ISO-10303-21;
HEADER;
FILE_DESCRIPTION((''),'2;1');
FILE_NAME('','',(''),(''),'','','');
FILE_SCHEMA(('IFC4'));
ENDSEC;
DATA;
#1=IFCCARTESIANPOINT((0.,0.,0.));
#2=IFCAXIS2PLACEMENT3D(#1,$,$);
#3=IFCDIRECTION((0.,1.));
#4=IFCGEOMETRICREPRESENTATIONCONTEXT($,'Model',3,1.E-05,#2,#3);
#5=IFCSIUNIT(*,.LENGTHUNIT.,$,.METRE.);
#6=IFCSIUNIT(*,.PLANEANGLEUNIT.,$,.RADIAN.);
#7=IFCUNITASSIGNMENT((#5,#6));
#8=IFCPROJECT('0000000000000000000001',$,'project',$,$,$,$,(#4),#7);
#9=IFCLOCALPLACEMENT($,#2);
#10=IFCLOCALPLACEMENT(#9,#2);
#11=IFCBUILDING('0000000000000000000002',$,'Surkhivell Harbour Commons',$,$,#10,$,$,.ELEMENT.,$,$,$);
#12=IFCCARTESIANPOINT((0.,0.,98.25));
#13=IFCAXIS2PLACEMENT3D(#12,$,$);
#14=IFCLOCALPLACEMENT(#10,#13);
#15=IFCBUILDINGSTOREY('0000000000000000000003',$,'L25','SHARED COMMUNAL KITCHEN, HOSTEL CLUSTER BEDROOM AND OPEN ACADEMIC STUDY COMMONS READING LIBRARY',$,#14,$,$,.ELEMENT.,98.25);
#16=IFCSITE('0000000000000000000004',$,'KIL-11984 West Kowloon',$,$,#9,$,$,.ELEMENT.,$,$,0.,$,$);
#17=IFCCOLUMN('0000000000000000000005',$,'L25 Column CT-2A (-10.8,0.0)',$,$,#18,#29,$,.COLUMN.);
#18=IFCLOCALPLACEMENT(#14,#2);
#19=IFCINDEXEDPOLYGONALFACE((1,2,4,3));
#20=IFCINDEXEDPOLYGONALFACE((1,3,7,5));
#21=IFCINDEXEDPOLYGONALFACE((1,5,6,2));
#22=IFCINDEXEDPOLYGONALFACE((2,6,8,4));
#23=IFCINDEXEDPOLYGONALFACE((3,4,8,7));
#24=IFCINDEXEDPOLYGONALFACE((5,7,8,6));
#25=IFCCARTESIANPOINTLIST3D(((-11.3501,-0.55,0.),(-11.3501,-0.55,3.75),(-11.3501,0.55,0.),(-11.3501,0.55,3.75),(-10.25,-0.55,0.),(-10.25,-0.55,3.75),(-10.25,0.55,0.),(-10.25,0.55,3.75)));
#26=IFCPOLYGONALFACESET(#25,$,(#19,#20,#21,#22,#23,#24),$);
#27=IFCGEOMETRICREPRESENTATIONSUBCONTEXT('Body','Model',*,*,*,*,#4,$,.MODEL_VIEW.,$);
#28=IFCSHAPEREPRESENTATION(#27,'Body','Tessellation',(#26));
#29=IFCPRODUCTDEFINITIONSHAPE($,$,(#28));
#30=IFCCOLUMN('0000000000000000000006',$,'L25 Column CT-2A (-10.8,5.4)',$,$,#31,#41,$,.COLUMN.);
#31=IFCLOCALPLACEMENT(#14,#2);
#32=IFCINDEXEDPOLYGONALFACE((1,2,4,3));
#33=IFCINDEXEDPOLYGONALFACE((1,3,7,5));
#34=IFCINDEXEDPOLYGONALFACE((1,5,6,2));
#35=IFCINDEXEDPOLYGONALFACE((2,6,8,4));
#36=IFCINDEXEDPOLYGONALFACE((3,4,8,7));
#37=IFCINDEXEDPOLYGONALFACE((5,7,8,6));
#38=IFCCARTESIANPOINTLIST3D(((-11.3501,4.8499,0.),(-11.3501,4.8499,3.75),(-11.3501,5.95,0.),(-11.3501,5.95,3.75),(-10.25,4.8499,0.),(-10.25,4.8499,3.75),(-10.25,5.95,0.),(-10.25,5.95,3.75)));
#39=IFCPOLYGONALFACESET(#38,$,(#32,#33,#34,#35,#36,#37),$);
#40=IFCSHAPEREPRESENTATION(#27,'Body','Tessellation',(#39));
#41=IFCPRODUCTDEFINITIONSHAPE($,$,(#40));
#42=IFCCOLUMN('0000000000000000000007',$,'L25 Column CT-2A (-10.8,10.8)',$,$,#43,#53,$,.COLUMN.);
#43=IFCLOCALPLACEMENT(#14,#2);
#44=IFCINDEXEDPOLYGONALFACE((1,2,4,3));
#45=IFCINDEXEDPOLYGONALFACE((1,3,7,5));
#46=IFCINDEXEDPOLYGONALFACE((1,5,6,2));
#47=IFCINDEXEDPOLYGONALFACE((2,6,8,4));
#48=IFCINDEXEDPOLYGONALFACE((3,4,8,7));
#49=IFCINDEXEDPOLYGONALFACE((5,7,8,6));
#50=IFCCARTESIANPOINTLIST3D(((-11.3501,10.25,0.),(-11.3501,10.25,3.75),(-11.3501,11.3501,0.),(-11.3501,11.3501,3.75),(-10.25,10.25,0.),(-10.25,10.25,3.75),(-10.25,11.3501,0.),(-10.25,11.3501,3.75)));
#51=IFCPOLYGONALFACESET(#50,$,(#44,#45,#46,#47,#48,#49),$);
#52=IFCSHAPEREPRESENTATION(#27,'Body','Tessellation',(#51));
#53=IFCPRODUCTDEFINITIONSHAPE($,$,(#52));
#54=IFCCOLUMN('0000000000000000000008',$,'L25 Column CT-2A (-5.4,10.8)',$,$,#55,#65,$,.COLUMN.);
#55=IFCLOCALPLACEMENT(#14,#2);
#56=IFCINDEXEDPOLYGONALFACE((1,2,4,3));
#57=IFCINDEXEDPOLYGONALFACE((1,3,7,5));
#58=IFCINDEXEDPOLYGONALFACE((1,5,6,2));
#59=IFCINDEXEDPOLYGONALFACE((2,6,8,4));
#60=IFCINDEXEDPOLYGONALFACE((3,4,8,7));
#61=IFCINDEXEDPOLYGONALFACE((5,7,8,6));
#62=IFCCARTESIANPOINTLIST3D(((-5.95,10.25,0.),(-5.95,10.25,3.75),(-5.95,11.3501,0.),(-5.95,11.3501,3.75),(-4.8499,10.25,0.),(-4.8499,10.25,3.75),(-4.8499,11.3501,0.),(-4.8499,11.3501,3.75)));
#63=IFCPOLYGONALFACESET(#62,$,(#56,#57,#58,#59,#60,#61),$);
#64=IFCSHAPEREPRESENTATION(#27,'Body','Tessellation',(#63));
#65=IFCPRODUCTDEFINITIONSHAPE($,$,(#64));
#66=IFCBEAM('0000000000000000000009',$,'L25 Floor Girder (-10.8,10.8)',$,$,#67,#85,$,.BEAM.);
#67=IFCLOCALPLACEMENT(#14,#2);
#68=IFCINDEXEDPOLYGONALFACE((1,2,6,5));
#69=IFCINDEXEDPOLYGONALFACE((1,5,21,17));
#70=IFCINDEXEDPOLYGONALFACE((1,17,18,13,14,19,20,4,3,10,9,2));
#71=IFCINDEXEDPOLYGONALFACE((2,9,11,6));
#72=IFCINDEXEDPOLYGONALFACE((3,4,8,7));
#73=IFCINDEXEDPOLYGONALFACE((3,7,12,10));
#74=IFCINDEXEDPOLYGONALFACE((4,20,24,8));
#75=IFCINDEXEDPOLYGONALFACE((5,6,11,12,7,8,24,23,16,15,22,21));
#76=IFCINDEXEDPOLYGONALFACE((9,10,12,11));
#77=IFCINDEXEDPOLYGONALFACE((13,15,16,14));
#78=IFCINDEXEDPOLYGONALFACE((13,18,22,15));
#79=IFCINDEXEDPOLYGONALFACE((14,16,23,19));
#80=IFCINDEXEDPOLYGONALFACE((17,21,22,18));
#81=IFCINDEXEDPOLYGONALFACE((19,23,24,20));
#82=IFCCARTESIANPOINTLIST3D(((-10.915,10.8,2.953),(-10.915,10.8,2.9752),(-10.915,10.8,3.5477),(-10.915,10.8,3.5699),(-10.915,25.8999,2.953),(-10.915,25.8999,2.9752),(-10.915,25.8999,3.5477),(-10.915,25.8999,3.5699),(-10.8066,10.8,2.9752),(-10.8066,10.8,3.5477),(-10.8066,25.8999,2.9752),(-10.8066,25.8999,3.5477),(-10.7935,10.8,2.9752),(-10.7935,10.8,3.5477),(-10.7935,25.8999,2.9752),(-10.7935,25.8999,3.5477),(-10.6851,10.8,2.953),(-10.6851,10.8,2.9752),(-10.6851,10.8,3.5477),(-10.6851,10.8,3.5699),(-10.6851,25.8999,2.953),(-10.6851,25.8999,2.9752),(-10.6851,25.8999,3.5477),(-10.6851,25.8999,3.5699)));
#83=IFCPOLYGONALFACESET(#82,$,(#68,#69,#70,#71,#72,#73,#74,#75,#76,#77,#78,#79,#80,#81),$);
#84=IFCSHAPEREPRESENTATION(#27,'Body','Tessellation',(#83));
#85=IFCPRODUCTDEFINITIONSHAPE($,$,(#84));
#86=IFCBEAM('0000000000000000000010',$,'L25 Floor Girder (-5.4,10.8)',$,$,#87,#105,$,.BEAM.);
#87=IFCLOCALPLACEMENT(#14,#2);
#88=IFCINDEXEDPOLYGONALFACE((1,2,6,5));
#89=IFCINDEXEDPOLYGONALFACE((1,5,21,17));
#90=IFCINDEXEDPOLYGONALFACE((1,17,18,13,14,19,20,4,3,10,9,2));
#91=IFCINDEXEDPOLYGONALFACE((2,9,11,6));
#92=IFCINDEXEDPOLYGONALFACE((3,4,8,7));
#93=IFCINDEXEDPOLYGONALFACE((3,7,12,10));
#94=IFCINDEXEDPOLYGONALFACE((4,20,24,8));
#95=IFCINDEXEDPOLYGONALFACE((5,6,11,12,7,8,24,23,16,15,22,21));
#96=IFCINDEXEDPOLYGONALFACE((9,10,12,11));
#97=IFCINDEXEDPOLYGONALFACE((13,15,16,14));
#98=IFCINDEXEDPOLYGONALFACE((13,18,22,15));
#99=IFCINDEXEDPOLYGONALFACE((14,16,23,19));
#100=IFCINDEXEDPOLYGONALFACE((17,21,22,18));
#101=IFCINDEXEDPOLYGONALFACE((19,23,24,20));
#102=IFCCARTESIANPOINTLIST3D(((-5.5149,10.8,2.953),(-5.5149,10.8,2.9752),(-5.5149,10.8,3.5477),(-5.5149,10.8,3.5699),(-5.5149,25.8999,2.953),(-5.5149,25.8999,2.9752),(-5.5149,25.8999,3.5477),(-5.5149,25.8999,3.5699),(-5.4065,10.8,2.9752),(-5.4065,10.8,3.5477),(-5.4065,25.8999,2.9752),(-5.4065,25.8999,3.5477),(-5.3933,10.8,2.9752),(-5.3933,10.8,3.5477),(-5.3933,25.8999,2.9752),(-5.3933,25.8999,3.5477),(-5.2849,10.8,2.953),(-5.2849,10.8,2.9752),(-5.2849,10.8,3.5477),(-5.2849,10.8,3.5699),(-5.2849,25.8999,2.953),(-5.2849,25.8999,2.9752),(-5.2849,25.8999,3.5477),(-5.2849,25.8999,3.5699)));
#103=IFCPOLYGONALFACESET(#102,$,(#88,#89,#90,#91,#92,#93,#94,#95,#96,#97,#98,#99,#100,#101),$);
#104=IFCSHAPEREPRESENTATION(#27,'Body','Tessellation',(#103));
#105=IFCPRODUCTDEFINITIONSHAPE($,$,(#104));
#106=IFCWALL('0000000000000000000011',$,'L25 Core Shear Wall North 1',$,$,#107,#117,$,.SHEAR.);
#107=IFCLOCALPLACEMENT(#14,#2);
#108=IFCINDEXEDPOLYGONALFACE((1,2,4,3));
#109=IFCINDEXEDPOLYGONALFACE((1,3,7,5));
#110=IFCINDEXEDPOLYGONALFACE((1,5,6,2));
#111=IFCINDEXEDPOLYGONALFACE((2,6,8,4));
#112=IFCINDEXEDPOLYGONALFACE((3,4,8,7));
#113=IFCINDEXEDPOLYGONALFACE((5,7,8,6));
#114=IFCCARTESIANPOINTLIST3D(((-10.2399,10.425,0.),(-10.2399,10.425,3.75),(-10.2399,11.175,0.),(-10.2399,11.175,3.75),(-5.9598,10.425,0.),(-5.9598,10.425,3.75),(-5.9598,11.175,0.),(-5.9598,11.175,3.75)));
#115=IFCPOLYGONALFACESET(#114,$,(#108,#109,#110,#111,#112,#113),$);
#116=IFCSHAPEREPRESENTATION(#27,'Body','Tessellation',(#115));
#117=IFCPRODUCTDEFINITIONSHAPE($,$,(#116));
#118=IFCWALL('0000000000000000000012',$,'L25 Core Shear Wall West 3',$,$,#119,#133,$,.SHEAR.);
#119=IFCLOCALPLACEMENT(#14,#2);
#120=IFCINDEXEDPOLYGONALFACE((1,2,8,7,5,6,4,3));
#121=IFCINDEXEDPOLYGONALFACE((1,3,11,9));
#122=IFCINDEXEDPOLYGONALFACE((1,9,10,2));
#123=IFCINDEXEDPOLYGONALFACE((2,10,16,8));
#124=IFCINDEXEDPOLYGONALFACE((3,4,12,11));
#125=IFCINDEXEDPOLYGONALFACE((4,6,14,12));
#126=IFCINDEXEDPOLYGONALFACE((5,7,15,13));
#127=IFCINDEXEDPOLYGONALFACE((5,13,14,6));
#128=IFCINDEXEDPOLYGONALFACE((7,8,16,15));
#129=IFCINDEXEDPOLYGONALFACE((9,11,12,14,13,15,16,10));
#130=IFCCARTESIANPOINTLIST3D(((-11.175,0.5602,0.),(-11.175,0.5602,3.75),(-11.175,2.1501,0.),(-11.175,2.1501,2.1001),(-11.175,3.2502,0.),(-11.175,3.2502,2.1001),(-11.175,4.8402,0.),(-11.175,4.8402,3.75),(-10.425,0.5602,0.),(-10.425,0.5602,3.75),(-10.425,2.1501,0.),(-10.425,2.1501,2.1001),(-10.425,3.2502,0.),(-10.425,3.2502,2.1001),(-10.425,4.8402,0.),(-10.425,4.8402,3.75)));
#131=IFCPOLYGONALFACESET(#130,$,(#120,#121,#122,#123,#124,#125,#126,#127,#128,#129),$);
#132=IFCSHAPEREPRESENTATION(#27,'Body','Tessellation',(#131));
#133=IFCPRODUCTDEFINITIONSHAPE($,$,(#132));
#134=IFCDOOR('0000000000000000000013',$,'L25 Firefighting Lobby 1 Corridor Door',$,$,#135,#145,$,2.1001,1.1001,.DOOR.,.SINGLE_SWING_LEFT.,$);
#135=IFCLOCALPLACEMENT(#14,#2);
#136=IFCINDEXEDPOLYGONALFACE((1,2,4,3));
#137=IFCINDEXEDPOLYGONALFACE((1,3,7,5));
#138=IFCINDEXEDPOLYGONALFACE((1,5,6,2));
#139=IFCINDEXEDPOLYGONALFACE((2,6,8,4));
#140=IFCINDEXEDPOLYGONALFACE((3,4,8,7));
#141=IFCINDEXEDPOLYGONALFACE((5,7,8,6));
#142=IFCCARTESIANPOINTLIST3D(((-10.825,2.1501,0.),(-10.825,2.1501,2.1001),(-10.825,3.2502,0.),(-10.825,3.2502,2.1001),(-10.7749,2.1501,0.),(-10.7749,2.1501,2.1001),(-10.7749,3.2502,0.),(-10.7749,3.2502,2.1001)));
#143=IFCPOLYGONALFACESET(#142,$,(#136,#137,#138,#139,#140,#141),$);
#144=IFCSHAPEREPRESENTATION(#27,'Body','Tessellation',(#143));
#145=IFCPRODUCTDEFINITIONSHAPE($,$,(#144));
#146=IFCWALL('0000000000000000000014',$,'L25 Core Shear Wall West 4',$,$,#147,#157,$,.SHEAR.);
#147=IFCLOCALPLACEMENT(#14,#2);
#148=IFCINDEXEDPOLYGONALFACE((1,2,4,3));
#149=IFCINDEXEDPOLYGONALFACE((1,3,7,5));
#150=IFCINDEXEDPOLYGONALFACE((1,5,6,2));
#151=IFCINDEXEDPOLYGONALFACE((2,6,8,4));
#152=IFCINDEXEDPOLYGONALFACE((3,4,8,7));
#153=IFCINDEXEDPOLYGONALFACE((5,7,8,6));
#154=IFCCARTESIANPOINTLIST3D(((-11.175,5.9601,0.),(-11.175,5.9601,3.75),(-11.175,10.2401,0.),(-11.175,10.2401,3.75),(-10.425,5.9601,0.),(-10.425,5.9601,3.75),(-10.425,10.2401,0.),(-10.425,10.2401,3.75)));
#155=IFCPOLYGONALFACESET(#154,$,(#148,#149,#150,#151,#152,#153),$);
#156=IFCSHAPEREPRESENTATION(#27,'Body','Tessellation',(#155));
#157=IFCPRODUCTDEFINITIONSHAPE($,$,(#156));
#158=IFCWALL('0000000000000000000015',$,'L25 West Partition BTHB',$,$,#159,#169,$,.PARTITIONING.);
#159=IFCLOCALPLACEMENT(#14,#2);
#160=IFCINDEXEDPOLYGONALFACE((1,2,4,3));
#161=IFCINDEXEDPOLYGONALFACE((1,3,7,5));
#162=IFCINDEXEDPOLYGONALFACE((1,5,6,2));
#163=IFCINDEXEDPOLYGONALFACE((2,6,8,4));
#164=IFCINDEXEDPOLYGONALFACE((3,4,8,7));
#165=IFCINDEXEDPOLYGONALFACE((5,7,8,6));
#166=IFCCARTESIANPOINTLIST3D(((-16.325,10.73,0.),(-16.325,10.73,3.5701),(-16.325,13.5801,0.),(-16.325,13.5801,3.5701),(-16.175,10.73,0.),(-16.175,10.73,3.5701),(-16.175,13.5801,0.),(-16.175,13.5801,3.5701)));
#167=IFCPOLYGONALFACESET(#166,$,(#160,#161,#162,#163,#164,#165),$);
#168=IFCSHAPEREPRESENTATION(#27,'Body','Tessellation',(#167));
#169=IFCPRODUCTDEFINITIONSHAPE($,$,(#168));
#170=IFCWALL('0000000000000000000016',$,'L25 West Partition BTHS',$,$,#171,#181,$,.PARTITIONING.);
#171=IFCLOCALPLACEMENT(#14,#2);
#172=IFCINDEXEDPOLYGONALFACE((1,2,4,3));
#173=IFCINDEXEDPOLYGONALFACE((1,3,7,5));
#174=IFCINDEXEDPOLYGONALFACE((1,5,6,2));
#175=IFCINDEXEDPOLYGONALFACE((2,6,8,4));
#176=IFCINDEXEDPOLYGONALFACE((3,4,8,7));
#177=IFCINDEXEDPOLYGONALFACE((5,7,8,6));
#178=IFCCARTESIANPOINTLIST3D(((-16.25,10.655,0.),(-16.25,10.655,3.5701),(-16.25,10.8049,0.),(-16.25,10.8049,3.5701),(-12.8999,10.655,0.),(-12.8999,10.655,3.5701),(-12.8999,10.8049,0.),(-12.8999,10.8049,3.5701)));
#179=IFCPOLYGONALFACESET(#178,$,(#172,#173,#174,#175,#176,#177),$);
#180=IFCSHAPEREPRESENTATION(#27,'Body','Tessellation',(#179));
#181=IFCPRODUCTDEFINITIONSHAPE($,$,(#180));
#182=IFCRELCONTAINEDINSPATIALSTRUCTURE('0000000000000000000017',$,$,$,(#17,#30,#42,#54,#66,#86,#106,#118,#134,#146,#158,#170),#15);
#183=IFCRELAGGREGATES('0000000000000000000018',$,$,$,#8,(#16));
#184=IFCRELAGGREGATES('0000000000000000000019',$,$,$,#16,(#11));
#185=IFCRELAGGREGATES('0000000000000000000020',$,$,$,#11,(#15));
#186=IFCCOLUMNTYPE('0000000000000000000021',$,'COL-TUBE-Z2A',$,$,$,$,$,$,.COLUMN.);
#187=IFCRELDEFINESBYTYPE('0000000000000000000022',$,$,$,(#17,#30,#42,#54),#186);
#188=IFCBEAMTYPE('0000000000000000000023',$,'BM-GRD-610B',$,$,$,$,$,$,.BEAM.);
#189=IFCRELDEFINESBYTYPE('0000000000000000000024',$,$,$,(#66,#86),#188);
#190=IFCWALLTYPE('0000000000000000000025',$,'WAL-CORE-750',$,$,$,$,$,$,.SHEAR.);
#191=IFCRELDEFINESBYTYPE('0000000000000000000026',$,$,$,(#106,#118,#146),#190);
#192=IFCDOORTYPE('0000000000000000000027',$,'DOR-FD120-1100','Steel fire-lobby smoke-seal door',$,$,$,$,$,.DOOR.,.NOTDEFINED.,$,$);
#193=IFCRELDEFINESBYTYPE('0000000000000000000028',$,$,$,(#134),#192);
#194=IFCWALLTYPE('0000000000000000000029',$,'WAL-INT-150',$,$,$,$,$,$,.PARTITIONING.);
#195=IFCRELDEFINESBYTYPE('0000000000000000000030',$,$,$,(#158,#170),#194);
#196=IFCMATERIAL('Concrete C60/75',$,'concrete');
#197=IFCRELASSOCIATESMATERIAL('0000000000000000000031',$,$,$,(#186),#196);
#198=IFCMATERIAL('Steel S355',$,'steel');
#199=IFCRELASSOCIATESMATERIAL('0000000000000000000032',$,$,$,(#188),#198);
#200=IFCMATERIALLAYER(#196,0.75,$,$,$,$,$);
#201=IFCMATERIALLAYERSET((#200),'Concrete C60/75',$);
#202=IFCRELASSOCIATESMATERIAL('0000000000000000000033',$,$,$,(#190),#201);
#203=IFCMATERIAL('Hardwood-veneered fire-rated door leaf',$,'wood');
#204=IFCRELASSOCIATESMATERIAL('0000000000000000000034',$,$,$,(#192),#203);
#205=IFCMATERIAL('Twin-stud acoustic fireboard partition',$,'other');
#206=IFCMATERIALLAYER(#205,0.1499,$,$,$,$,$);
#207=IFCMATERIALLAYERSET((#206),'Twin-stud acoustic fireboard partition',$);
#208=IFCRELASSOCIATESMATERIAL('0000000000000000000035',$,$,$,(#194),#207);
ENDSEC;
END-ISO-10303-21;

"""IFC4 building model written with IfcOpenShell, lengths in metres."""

from ifc_helpers import new_model, si_unit, direction, frame, frame_2d, origin, origin_2d, place, context, subcontext, project, spatial, rectangle, i_section, extrude, material, layer, layer_set, material_profile, profile_set, type_object, element, fill, save


model = new_model("IFC4")

# Units and contexts
model_context = context("Model", 3, precision=1e-05, world=origin(), true_north=direction((0.0, 1.0)))
body_context = subcontext(model_context, "Body", "Model", "MODEL_VIEW")
ifc_project = project(units=[si_unit("LENGTHUNIT", "METRE"), si_unit("PLANEANGLEUNIT", "RADIAN")], contexts=[model_context])

# Site, building, storey
site_placement = place(None, origin())
site = spatial("IfcSite", under=ifc_project, at=site_placement, Name="KIL-11984 West Kowloon", CompositionType="ELEMENT", RefElevation=0.0)
building_placement = place(site_placement, origin())
building = spatial("IfcBuilding", under=site, at=building_placement, Name="Surkhivell Harbour Commons", CompositionType="ELEMENT")
storey_placement = place(building_placement, frame((0.0, 0.0, 98.25)))
storey = spatial("IfcBuildingStorey", under=building, at=storey_placement, Name="L25", Description="SHARED COMMUNAL KITCHEN, HOSTEL CLUSTER BEDROOM AND OPEN ACADEMIC STUDY COMMONS READING LIBRARY", CompositionType="ELEMENT", Elevation=98.25)

# Columns
ifc_material_1 = material(Name="Concrete C60/75", Category="concrete")
ifc_material_profile_1 = material_profile(ifc_material_1, rectangle(XDim=1.1001, YDim=1.1001, at=origin_2d()), Name="RC-COL-1100x1100")
ifc_profile_set_1 = profile_set([ifc_material_profile_1], Name="Concrete C60/75")
column_type = type_object("IfcColumnType", Name="COL-TUBE-Z2A", PredefinedType="COLUMN", material=ifc_profile_set_1)
for number, where, z_axis, x_axis, name in (
    (1, (-10.8, 0.0, 0.0), (0.0, 0.0, 1.0), (1.0, 0.0, 0.0), "L25 Column CT-2A (-10.8,0.0)"),
    (2, (-10.8, 5.3999, 0.0), (0.0, 0.0, 1.0), (1.0, 0.0, 0.0), "L25 Column CT-2A (-10.8,5.4)"),
    (3, (-10.8, 10.8, 0.0), (0.0, 0.0, 1.0), (1.0, 0.0, 0.0), "L25 Column CT-2A (-10.8,10.8)"),
    (4, (-5.3999, 10.8, 0.0), (0.0, 0.0, 1.0), (1.0, 0.0, 0.0), "L25 Column CT-2A (-5.4,10.8)"),
):
    element("IfcColumn", number, at=place(storey_placement, frame(where, z_axis=z_axis, x_axis=x_axis)), inside=storey, type_object=column_type, Name=name, PredefinedType="COLUMN", context=body_context, shape_type="SweptSolid", body=[
        extrude(rectangle(XDim=1.1001, YDim=1.1001, at=origin_2d()), origin(), (0.0, 0.0, 1.0), 3.75),
    ])

# Beams
ifc_material_2 = material(Name="Steel S355", Category="steel")
ifc_material_profile_2 = material_profile(ifc_material_2, i_section(OverallWidth=0.23, OverallDepth=0.6169, WebThickness=0.0132, FlangeThickness=0.0222, at=origin_2d()), Name="UB610x229x140")
ifc_profile_set_2 = profile_set([ifc_material_profile_2], Name="Steel S355")
beam_type = type_object("IfcBeamType", Name="BM-GRD-610B", PredefinedType="BEAM", material=ifc_profile_set_2)
for number, where, z_axis, x_axis, name in (
    (5, (-10.8, 10.8, 3.2615), (0.0, 1.0, 0.0), (-1.0, 0.0, 0.0), "L25 Floor Girder (-10.8,10.8)"),
    (6, (-5.3999, 10.8, 3.2615), (0.0, 1.0, 0.0), (-1.0, 0.0, 0.0), "L25 Floor Girder (-5.4,10.8)"),
):
    element("IfcBeam", number, at=place(storey_placement, frame(where, z_axis=z_axis, x_axis=x_axis)), inside=storey, type_object=beam_type, Name=name, PredefinedType="BEAM", context=body_context, shape_type="SweptSolid", body=[
        extrude(i_section(OverallWidth=0.23, OverallDepth=0.6169, WebThickness=0.0132, FlangeThickness=0.0222, at=origin_2d()), origin(), (0.0, 0.0, 1.0), 15.0999),
    ])

# Wall
ifc_layer_1 = layer(ifc_material_1, 0.75)
ifc_layer_set_1 = layer_set([ifc_layer_1], Name="Concrete C60/75")
wall_type_1 = type_object("IfcWallType", Name="WAL-CORE-750", PredefinedType="SHEAR", material=ifc_layer_set_1)
wall_1_placement = place(storey_placement, frame((-10.24, 10.8, 0.0), z_axis=(0.0, 0.0, 1.0), x_axis=(1.0, 0.0, 0.0)))
element("IfcWall", 7, at=wall_1_placement, inside=storey, type_object=wall_type_1, Name="L25 Core Shear Wall North 1", PredefinedType="SHEAR", context=body_context, shape_type="SweptSolid", body=[
    extrude(rectangle(XDim=4.28, YDim=0.75, at=frame_2d((2.1401, 0.0))), origin(), (0.0, 0.0, 1.0), 3.75),
])

# Wall, opening, door
wall_2_placement = place(storey_placement, frame((-10.8, 0.5601, 0.0), z_axis=(0.0, 0.0, 1.0), x_axis=(0.0, 1.0, 0.0)))
wall_2 = element("IfcWall", 8, at=wall_2_placement, inside=storey, type_object=wall_type_1, Name="L25 Core Shear Wall West 3", PredefinedType="SHEAR", context=body_context, shape_type="SweptSolid", body=[
    extrude(rectangle(XDim=4.28, YDim=0.75, at=frame_2d((2.1401, 0.0))), origin(), (0.0, 0.0, 1.0), 3.75),
])
opening_1_placement = place(wall_2_placement, frame((1.5901, 0.0, 0.0)))
opening_1 = element("IfcOpeningElement", 9, at=opening_1_placement, cuts=wall_2, PredefinedType="OPENING", context=body_context, shape_type="SweptSolid", body=[
    extrude(rectangle(XDim=1.1001, YDim=2.1001, at=frame_2d((0.55, 1.05))), frame((0.0, 0.385, 0.0), z_axis=(0.0, -1.0, 0.0), x_axis=(1.0, 0.0, 0.0)), (0.0, 0.0, 1.0), 0.77),
])
ifc_material_3 = material(Name="Hardwood-veneered fire-rated door leaf", Category="wood")
door_type_1 = type_object("IfcDoorType", Name="DOR-FD120-1100", Description="Steel fire-lobby smoke-seal door", OperationType="NOTDEFINED", PredefinedType="DOOR", material=ifc_material_3)
door_1_placement = place(opening_1_placement, origin())
door_1 = element("IfcDoor", 10, at=door_1_placement, inside=storey, type_object=door_type_1, Name="L25 Firefighting Lobby 1 Corridor Door", OperationType="SINGLE_SWING_LEFT", OverallHeight=2.1001, OverallWidth=1.1001, PredefinedType="DOOR", context=body_context, shape_type="SweptSolid", body=[
    extrude(rectangle(XDim=1.1001, YDim=2.1001, at=frame_2d((0.55, 1.05))), frame((0.0, 0.0249, 0.0), z_axis=(0.0, -1.0, 0.0), x_axis=(1.0, 0.0, 0.0)), (0.0, 0.0, 1.0), 0.05),
])
fill(opening_1, door_1)

# Walls
wall_3_placement = place(storey_placement, frame((-10.8, 5.96, 0.0), z_axis=(0.0, 0.0, 1.0), x_axis=(0.0, 1.0, 0.0)))
element("IfcWall", 11, at=wall_3_placement, inside=storey, type_object=wall_type_1, Name="L25 Core Shear Wall West 4", PredefinedType="SHEAR", context=body_context, shape_type="SweptSolid", body=[
    extrude(rectangle(XDim=4.28, YDim=0.75, at=frame_2d((2.1401, 0.0))), origin(), (0.0, 0.0, 1.0), 3.75),
])
ifc_material_4 = material(Name="Twin-stud acoustic fireboard partition", Category="other")
ifc_layer_2 = layer(ifc_material_4, 0.1499)
ifc_layer_set_2 = layer_set([ifc_layer_2], Name="Twin-stud acoustic fireboard partition")
wall_type_2 = type_object("IfcWallType", Name="WAL-INT-150", PredefinedType="PARTITIONING", material=ifc_layer_set_2)
wall_4_placement = place(storey_placement, frame((-16.25, 10.73, 0.0), z_axis=(0.0, 0.0, 1.0), x_axis=(0.0, 1.0, 0.0)))
element("IfcWall", 12, at=wall_4_placement, inside=storey, type_object=wall_type_2, Name="L25 West Partition BTHB", PredefinedType="PARTITIONING", context=body_context, shape_type="SweptSolid", body=[
    extrude(rectangle(XDim=2.8501, YDim=0.1499, at=frame_2d((1.425, 0.0))), origin(), (0.0, 0.0, 1.0), 3.5701),
])
wall_5_placement = place(storey_placement, frame((-16.25, 10.73, 0.0), z_axis=(0.0, 0.0, 1.0), x_axis=(1.0, 0.0, 0.0)))
element("IfcWall", 13, at=wall_5_placement, inside=storey, type_object=wall_type_2, Name="L25 West Partition BTHS", PredefinedType="PARTITIONING", context=body_context, shape_type="SweptSolid", body=[
    extrude(rectangle(XDim=3.3501, YDim=0.1499, at=frame_2d((1.675, 0.0))), origin(), (0.0, 0.0, 1.0), 3.5701),
])

save(model, "model.ifc")
